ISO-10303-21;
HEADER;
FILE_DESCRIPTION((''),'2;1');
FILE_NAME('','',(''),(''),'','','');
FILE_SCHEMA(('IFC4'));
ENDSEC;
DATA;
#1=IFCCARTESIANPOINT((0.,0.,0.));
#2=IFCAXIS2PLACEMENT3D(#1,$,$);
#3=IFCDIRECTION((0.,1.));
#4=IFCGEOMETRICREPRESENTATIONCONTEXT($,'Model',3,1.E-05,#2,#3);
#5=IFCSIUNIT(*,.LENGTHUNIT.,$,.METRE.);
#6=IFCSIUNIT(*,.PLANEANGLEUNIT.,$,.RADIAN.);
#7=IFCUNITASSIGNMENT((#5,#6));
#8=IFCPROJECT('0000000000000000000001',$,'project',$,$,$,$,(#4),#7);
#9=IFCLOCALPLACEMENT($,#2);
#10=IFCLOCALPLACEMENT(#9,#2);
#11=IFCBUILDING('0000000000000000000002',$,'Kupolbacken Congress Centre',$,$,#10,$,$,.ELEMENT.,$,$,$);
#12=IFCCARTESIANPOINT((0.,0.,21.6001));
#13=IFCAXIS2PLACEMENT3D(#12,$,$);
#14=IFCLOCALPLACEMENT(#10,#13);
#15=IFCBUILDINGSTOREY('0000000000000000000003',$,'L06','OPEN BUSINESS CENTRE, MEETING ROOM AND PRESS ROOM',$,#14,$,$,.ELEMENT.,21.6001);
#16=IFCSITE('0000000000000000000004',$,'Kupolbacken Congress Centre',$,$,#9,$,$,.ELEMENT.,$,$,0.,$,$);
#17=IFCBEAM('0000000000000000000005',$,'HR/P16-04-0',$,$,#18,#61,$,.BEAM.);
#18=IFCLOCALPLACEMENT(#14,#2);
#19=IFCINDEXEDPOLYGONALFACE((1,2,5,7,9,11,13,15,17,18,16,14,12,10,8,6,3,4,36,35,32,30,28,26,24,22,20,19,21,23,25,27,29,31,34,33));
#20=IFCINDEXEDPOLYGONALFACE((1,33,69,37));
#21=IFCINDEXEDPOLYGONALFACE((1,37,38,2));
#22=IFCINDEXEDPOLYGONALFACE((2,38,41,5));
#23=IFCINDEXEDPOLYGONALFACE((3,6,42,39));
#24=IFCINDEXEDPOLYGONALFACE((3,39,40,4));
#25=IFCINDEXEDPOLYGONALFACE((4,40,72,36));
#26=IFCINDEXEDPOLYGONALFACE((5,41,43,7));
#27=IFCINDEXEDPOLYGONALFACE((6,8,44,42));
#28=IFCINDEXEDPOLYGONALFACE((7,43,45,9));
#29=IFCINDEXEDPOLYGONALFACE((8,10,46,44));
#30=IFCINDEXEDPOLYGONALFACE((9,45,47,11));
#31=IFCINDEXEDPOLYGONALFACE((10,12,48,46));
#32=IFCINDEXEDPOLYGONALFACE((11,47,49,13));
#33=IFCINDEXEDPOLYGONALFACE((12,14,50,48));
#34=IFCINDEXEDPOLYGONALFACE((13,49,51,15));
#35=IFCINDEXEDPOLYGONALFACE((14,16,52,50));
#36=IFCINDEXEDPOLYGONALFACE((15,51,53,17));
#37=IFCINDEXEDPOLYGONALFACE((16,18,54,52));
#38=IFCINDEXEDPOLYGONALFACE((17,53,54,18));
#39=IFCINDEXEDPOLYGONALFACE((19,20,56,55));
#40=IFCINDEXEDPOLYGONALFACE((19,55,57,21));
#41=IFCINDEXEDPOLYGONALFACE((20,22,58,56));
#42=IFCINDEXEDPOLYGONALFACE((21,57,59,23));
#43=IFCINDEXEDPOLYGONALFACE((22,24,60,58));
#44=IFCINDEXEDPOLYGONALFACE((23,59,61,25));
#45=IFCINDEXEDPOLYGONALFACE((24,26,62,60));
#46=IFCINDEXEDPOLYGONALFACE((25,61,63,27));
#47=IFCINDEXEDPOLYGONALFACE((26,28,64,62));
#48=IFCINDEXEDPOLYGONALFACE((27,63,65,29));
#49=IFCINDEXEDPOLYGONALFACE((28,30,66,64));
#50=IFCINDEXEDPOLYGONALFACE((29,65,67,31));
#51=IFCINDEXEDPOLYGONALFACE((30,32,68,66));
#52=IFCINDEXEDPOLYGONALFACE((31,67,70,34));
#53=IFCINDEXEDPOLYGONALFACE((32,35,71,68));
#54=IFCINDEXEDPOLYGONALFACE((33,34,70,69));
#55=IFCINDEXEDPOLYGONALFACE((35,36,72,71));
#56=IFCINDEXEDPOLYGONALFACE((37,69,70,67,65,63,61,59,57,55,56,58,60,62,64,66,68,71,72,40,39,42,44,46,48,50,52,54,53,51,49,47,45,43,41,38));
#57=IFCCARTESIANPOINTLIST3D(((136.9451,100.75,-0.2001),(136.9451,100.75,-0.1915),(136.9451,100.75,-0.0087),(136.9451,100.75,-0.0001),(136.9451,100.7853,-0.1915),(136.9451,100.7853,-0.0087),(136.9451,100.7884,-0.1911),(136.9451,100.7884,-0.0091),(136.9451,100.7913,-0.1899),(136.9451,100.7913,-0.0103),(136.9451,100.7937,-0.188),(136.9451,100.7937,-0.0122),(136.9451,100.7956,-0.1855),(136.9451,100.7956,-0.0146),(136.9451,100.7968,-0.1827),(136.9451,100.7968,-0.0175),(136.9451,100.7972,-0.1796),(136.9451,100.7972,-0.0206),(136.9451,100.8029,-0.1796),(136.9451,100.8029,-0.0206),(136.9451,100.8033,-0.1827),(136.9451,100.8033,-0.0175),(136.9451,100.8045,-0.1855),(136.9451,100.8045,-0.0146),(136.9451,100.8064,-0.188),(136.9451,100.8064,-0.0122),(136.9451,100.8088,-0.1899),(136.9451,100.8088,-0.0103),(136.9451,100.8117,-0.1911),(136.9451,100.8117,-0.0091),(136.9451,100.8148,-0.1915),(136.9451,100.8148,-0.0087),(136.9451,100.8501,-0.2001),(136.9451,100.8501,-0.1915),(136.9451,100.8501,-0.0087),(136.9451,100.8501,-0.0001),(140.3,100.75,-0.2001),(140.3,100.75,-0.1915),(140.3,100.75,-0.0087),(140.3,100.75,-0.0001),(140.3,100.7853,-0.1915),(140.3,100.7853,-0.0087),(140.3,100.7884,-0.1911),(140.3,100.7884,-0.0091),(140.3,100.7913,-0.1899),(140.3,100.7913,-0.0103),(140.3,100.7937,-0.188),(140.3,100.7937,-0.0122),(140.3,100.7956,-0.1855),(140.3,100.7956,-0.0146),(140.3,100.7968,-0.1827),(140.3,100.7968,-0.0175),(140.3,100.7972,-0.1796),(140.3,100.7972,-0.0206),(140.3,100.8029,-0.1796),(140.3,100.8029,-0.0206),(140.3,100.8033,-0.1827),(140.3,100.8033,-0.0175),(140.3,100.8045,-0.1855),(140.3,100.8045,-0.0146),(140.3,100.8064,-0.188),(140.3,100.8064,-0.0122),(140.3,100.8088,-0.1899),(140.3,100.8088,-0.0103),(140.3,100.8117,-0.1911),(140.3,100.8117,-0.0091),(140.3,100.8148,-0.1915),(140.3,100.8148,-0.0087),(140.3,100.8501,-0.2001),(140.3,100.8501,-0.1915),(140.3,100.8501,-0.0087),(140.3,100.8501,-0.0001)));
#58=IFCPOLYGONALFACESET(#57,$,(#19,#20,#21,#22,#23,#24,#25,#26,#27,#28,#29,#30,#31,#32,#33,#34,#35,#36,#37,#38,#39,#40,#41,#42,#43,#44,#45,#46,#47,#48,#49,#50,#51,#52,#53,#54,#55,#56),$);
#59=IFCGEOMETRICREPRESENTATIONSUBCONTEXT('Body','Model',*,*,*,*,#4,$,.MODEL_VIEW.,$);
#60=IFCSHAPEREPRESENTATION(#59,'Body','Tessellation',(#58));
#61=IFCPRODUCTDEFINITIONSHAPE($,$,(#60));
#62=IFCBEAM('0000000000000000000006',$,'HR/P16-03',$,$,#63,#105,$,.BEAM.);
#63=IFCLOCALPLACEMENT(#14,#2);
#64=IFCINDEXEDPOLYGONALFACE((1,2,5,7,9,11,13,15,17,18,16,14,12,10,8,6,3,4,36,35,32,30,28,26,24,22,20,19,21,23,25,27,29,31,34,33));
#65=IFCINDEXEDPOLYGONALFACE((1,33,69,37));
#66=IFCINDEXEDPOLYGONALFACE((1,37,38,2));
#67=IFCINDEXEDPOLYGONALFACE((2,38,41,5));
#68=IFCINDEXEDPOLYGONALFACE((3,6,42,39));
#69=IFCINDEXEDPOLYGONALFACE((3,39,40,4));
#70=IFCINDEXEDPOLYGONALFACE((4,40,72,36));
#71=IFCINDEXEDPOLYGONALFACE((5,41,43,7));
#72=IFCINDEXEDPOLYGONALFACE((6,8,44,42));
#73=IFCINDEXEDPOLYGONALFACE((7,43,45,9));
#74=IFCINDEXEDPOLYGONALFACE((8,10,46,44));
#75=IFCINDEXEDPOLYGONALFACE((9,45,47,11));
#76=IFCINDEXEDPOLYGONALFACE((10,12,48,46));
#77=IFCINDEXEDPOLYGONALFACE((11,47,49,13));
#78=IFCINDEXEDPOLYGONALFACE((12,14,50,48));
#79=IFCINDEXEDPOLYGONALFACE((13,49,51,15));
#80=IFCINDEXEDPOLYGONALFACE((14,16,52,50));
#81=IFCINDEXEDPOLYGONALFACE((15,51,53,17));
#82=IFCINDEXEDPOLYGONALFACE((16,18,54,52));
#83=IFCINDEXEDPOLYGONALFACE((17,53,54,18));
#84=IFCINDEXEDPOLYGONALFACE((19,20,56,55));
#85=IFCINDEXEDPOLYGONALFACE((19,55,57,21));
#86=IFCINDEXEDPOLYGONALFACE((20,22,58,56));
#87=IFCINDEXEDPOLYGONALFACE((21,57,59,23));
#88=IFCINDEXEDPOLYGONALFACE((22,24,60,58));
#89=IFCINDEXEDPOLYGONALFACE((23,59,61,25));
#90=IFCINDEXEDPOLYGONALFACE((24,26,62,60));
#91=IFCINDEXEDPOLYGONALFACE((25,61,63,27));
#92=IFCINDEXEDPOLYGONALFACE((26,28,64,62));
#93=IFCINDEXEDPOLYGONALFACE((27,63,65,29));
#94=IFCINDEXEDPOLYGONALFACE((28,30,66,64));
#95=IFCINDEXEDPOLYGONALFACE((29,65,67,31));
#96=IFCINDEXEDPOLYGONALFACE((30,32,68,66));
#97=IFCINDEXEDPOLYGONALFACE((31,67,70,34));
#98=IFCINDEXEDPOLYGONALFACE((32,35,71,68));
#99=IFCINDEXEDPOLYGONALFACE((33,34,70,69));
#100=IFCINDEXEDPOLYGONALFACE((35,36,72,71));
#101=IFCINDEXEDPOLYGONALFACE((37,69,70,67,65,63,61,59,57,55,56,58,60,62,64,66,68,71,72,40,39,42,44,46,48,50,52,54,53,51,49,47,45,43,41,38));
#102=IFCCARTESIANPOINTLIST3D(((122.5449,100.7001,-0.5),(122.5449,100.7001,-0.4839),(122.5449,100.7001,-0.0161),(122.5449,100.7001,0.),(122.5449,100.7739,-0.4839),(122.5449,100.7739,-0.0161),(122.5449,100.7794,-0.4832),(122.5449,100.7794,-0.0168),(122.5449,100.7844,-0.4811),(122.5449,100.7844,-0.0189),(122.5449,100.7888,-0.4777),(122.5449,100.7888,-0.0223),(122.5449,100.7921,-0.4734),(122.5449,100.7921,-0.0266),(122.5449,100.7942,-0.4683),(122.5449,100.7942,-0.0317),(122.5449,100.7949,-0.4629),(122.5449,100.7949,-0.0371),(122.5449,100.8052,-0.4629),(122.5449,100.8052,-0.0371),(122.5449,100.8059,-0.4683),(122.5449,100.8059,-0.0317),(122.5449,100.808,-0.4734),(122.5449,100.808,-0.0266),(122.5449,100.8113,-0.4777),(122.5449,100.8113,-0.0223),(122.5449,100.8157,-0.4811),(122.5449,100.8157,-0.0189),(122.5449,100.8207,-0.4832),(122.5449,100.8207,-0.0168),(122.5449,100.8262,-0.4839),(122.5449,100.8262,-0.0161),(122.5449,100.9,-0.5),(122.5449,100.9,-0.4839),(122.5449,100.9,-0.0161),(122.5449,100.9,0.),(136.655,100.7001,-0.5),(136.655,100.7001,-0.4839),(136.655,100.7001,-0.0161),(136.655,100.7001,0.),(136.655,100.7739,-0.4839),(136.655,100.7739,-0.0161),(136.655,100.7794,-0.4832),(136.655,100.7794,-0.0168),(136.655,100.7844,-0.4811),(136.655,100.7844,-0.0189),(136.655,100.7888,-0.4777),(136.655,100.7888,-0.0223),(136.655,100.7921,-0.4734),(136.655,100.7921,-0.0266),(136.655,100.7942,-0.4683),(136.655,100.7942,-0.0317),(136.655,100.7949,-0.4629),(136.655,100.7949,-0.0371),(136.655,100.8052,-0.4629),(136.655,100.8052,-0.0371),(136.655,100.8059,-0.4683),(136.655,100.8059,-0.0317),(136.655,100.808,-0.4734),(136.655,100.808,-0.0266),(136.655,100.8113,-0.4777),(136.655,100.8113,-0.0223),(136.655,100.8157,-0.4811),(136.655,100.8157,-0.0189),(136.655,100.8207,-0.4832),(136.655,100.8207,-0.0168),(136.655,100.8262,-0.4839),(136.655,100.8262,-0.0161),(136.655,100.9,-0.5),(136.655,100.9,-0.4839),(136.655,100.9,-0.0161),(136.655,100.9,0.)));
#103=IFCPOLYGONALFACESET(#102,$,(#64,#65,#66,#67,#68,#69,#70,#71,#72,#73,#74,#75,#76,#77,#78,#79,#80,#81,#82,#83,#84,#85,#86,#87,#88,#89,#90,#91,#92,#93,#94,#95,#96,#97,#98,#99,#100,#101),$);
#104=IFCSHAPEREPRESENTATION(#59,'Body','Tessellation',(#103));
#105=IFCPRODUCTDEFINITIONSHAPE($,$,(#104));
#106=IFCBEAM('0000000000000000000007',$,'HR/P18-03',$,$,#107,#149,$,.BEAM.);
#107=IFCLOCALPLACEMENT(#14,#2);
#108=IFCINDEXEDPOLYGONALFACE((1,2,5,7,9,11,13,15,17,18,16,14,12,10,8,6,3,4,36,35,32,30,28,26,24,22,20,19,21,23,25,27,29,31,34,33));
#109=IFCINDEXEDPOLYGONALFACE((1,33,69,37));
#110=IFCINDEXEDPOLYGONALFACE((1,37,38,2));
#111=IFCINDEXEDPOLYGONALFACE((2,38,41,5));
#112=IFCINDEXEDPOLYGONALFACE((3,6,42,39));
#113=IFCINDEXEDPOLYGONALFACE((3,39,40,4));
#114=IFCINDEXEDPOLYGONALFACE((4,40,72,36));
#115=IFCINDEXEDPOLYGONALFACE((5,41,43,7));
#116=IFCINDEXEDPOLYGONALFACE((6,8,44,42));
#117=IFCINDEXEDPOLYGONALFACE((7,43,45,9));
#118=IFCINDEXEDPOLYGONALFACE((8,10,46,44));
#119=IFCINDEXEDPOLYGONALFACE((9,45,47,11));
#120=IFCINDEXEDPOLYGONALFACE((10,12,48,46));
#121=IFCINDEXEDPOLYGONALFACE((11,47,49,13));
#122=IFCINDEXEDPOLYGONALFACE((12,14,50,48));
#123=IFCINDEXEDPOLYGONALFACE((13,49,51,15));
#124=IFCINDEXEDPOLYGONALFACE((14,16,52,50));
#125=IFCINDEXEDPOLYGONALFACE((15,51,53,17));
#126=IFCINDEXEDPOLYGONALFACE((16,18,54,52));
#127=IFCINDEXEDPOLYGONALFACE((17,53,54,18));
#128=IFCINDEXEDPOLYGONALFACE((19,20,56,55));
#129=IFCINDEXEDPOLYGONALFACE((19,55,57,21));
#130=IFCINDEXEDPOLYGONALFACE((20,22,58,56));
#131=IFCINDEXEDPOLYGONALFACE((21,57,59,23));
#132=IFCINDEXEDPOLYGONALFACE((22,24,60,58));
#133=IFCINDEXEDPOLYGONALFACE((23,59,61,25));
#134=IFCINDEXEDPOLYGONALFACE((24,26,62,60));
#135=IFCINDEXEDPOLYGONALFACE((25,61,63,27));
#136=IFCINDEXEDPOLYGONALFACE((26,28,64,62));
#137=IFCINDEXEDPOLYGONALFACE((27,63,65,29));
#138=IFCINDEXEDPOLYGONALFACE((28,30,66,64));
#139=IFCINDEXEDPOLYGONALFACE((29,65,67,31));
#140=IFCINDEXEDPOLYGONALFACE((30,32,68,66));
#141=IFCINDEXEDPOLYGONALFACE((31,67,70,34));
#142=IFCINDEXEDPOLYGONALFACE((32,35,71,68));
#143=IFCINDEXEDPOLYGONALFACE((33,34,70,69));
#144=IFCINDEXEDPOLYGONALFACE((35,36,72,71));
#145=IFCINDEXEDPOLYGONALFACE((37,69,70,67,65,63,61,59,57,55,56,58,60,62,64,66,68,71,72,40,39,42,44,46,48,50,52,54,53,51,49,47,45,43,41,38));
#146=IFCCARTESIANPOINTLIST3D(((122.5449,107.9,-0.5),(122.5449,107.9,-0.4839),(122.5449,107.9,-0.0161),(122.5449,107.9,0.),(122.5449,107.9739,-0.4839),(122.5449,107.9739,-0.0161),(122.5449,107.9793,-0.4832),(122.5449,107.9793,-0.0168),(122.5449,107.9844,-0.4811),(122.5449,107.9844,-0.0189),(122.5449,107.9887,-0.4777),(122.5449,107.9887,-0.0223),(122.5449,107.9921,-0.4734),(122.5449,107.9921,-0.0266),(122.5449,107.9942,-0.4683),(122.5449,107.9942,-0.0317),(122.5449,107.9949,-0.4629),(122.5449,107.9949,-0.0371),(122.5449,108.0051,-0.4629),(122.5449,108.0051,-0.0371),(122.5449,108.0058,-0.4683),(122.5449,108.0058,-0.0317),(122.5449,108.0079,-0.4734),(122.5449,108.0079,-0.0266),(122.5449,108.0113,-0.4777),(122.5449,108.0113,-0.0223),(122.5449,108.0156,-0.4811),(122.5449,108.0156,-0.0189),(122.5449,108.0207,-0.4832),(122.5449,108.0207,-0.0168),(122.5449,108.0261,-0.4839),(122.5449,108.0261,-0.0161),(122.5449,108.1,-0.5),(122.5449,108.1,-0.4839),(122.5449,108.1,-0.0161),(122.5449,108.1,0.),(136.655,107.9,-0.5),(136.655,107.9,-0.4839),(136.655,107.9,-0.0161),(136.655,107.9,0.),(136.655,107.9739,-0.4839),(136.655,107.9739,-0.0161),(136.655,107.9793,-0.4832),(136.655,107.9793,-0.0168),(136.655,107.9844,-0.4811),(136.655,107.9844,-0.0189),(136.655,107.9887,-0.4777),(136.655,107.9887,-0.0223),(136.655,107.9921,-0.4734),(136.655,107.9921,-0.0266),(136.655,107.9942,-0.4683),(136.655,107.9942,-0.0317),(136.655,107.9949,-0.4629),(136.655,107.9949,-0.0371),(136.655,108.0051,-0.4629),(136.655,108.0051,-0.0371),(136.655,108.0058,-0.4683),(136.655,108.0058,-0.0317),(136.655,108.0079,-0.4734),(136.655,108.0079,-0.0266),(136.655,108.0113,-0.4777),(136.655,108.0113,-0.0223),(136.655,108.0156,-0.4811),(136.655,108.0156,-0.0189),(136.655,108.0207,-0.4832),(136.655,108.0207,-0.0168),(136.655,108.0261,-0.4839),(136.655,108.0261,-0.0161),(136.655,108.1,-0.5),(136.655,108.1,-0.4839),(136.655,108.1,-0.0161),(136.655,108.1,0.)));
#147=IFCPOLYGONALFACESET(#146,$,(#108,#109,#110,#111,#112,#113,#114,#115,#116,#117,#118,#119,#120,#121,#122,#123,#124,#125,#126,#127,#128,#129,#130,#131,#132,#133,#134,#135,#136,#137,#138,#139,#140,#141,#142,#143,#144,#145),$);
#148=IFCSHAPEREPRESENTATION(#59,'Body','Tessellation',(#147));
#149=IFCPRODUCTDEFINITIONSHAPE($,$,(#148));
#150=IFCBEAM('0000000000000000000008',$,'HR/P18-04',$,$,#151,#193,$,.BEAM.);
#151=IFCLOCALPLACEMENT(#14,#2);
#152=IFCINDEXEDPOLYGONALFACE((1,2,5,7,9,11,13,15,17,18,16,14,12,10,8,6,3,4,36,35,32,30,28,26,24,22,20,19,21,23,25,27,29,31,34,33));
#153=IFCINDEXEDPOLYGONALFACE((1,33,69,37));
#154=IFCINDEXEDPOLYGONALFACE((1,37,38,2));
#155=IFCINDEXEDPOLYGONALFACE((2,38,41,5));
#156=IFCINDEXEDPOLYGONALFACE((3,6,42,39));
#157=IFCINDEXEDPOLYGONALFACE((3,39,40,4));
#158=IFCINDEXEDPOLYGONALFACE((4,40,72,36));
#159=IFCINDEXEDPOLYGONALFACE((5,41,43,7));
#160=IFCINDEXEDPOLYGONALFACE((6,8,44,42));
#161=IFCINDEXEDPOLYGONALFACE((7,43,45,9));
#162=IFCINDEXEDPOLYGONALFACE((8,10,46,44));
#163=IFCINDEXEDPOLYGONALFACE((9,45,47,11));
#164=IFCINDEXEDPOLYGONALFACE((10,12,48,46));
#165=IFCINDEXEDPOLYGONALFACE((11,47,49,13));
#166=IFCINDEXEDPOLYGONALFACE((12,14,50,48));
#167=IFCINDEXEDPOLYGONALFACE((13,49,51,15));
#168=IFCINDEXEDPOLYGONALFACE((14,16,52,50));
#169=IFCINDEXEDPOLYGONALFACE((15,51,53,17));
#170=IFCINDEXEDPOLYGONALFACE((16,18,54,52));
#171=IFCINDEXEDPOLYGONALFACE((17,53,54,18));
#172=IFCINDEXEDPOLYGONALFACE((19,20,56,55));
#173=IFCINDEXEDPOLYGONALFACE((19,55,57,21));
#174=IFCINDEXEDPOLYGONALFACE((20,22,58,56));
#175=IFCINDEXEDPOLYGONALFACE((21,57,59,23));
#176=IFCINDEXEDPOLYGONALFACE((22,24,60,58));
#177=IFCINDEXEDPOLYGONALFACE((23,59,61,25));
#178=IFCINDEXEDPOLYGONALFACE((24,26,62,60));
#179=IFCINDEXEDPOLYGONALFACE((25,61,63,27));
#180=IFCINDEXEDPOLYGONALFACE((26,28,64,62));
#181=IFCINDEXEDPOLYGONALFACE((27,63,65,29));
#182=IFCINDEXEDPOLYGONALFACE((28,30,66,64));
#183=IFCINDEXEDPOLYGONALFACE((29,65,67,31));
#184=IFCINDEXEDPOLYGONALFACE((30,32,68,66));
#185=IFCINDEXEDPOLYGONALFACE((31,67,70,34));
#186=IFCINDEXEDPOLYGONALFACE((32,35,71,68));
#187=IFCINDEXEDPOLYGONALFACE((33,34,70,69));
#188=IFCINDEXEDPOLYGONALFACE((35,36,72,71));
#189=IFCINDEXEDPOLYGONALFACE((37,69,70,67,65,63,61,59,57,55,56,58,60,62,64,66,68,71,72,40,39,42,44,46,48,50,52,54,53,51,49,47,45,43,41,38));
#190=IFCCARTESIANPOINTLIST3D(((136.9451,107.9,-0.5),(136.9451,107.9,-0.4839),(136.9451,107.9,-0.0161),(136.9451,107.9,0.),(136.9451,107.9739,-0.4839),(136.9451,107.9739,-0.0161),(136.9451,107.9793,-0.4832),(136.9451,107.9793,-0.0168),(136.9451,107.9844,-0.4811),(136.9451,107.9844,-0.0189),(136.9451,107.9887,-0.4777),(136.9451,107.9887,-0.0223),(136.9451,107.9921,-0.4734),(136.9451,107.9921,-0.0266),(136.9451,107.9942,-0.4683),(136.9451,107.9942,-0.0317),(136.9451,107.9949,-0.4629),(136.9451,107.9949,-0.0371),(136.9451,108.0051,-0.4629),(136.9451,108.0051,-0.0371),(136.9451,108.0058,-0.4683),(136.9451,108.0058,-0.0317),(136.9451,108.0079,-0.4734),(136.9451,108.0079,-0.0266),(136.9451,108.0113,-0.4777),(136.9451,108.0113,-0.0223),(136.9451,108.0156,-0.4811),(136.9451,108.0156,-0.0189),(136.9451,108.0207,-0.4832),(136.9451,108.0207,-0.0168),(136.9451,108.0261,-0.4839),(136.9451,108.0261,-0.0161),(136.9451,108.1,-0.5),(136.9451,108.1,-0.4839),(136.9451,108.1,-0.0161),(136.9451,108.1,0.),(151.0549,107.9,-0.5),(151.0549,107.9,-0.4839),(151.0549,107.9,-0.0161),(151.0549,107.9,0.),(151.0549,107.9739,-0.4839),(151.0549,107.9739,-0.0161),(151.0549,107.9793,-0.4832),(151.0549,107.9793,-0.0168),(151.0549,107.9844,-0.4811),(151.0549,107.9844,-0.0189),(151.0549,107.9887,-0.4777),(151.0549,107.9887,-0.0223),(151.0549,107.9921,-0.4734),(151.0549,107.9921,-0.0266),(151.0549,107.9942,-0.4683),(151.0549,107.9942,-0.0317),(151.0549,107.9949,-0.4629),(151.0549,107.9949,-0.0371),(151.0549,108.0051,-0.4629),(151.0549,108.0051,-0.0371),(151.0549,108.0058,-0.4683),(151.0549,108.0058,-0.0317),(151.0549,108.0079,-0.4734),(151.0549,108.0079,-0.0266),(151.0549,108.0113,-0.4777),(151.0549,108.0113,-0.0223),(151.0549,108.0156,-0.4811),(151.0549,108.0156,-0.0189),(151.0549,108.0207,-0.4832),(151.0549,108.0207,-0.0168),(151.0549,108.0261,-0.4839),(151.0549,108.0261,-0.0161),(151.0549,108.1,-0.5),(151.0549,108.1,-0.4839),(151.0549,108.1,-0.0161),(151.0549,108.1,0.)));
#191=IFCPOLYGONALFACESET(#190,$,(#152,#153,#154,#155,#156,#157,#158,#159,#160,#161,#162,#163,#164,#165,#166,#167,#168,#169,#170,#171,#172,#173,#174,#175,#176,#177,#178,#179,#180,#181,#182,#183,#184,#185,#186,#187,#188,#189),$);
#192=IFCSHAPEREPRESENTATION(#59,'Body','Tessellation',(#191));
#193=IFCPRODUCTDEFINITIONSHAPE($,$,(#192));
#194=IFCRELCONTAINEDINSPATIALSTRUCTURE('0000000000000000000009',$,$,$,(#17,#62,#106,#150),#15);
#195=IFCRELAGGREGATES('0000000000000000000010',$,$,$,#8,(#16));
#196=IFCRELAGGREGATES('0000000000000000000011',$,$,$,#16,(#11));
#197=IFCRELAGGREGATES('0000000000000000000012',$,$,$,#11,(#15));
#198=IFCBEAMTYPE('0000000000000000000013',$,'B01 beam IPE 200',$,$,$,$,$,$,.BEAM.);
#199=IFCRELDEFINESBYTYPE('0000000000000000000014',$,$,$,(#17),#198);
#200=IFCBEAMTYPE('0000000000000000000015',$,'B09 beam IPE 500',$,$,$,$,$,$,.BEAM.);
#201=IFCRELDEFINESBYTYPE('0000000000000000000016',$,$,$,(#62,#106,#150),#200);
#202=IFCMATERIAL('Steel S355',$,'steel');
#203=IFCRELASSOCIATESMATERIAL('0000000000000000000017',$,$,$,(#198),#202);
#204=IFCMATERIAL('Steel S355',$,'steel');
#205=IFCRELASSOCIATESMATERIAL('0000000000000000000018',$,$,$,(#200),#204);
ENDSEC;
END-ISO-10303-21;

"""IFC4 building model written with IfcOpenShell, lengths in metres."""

from ifc_helpers import new_model, si_unit, direction, frame, origin, origin_2d, place, context, subcontext, project, spatial, i_section, extrude, material, material_profile, profile_set, type_object, element, save


model = new_model("IFC4")

# Units and contexts
model_context = context("Model", 3, precision=1e-05, world=origin(), true_north=direction((0.0, 1.0)))
body_context = subcontext(model_context, "Body", "Model", "MODEL_VIEW")
ifc_project = project(units=[si_unit("LENGTHUNIT", "METRE"), si_unit("PLANEANGLEUNIT", "RADIAN")], contexts=[model_context])

# Site, building, storey
site_placement = place(None, origin())
site = spatial("IfcSite", under=ifc_project, at=site_placement, Name="Kupolbacken Congress Centre", CompositionType="ELEMENT", RefElevation=0.0)
building_placement = place(site_placement, origin())
building = spatial("IfcBuilding", under=site, at=building_placement, Name="Kupolbacken Congress Centre", CompositionType="ELEMENT")
storey_placement = place(building_placement, frame((0.0, 0.0, 21.6001)))
storey = spatial("IfcBuildingStorey", under=building, at=storey_placement, Name="L06", Description="OPEN BUSINESS CENTRE, MEETING ROOM AND PRESS ROOM", CompositionType="ELEMENT", Elevation=21.6001)

# Beams
ifc_material_1 = material(Name="Steel S355", Category="steel")
ifc_material_profile_1 = material_profile(ifc_material_1, i_section(OverallWidth=0.1001, OverallDepth=0.2, WebThickness=0.0056, FlangeThickness=0.0085, FilletRadius=0.012, at=origin_2d()), Name="IPE 200")
ifc_profile_set_1 = profile_set([ifc_material_profile_1], Name="Steel S355")
beam_type_1 = type_object("IfcBeamType", Name="B01 beam IPE 200", PredefinedType="BEAM", material=ifc_profile_set_1)
beam_1_placement = place(storey_placement, frame((136.9451, 100.8, -0.1001), z_axis=(1.0, 0.0, 0.0), x_axis=(0.0, 1.0, 0.0)))
element("IfcBeam", 1, at=beam_1_placement, inside=storey, type_object=beam_type_1, Name="HR/P16-04-0", PredefinedType="BEAM", context=body_context, shape_type="SweptSolid", body=[
    extrude(i_section(OverallWidth=0.1001, OverallDepth=0.2, WebThickness=0.0056, FlangeThickness=0.0085, FilletRadius=0.012, at=origin_2d()), origin(), (0.0, 0.0, 1.0), 3.355),
])
ifc_material_2 = material(Name="Steel S355", Category="steel")
ifc_material_profile_2 = material_profile(ifc_material_2, i_section(OverallWidth=0.2, OverallDepth=0.5, WebThickness=0.0103, FlangeThickness=0.0161, FilletRadius=0.021, at=origin_2d()), Name="IPE 500")
ifc_profile_set_2 = profile_set([ifc_material_profile_2], Name="Steel S355")
beam_type_2 = type_object("IfcBeamType", Name="B09 beam IPE 500", PredefinedType="BEAM", material=ifc_profile_set_2)
for number, where, z_axis, x_axis, name in (
    (2, (122.5449, 100.8, -0.25), (1.0, 0.0, 0.0), (0.0, 1.0, 0.0), "HR/P16-03"),
    (3, (122.5449, 108.0, -0.25), (1.0, 0.0, 0.0), (0.0, 1.0, 0.0), "HR/P18-03"),
):
    element("IfcBeam", number, at=place(storey_placement, frame(where, z_axis=z_axis, x_axis=x_axis)), inside=storey, type_object=beam_type_2, Name=name, PredefinedType="BEAM", context=body_context, shape_type="SweptSolid", body=[
        extrude(i_section(OverallWidth=0.2, OverallDepth=0.5, WebThickness=0.0103, FlangeThickness=0.0161, FilletRadius=0.021, at=origin_2d()), origin(), (0.0, 0.0, 1.0), 14.1101),
    ])
beam_2_placement = place(storey_placement, frame((136.9451, 108.0, -0.25), z_axis=(1.0, 0.0, 0.0), x_axis=(0.0, 1.0, 0.0)))
element("IfcBeam", 4, at=beam_2_placement, inside=storey, type_object=beam_type_2, Name="HR/P18-04", PredefinedType="BEAM", context=body_context, shape_type="SweptSolid", body=[
    extrude(i_section(OverallWidth=0.2, OverallDepth=0.5, WebThickness=0.0103, FlangeThickness=0.0161, FilletRadius=0.021, at=origin_2d()), origin(), (0.0, 0.0, 1.0), 14.1099),
])

save(model, "model.ifc")
